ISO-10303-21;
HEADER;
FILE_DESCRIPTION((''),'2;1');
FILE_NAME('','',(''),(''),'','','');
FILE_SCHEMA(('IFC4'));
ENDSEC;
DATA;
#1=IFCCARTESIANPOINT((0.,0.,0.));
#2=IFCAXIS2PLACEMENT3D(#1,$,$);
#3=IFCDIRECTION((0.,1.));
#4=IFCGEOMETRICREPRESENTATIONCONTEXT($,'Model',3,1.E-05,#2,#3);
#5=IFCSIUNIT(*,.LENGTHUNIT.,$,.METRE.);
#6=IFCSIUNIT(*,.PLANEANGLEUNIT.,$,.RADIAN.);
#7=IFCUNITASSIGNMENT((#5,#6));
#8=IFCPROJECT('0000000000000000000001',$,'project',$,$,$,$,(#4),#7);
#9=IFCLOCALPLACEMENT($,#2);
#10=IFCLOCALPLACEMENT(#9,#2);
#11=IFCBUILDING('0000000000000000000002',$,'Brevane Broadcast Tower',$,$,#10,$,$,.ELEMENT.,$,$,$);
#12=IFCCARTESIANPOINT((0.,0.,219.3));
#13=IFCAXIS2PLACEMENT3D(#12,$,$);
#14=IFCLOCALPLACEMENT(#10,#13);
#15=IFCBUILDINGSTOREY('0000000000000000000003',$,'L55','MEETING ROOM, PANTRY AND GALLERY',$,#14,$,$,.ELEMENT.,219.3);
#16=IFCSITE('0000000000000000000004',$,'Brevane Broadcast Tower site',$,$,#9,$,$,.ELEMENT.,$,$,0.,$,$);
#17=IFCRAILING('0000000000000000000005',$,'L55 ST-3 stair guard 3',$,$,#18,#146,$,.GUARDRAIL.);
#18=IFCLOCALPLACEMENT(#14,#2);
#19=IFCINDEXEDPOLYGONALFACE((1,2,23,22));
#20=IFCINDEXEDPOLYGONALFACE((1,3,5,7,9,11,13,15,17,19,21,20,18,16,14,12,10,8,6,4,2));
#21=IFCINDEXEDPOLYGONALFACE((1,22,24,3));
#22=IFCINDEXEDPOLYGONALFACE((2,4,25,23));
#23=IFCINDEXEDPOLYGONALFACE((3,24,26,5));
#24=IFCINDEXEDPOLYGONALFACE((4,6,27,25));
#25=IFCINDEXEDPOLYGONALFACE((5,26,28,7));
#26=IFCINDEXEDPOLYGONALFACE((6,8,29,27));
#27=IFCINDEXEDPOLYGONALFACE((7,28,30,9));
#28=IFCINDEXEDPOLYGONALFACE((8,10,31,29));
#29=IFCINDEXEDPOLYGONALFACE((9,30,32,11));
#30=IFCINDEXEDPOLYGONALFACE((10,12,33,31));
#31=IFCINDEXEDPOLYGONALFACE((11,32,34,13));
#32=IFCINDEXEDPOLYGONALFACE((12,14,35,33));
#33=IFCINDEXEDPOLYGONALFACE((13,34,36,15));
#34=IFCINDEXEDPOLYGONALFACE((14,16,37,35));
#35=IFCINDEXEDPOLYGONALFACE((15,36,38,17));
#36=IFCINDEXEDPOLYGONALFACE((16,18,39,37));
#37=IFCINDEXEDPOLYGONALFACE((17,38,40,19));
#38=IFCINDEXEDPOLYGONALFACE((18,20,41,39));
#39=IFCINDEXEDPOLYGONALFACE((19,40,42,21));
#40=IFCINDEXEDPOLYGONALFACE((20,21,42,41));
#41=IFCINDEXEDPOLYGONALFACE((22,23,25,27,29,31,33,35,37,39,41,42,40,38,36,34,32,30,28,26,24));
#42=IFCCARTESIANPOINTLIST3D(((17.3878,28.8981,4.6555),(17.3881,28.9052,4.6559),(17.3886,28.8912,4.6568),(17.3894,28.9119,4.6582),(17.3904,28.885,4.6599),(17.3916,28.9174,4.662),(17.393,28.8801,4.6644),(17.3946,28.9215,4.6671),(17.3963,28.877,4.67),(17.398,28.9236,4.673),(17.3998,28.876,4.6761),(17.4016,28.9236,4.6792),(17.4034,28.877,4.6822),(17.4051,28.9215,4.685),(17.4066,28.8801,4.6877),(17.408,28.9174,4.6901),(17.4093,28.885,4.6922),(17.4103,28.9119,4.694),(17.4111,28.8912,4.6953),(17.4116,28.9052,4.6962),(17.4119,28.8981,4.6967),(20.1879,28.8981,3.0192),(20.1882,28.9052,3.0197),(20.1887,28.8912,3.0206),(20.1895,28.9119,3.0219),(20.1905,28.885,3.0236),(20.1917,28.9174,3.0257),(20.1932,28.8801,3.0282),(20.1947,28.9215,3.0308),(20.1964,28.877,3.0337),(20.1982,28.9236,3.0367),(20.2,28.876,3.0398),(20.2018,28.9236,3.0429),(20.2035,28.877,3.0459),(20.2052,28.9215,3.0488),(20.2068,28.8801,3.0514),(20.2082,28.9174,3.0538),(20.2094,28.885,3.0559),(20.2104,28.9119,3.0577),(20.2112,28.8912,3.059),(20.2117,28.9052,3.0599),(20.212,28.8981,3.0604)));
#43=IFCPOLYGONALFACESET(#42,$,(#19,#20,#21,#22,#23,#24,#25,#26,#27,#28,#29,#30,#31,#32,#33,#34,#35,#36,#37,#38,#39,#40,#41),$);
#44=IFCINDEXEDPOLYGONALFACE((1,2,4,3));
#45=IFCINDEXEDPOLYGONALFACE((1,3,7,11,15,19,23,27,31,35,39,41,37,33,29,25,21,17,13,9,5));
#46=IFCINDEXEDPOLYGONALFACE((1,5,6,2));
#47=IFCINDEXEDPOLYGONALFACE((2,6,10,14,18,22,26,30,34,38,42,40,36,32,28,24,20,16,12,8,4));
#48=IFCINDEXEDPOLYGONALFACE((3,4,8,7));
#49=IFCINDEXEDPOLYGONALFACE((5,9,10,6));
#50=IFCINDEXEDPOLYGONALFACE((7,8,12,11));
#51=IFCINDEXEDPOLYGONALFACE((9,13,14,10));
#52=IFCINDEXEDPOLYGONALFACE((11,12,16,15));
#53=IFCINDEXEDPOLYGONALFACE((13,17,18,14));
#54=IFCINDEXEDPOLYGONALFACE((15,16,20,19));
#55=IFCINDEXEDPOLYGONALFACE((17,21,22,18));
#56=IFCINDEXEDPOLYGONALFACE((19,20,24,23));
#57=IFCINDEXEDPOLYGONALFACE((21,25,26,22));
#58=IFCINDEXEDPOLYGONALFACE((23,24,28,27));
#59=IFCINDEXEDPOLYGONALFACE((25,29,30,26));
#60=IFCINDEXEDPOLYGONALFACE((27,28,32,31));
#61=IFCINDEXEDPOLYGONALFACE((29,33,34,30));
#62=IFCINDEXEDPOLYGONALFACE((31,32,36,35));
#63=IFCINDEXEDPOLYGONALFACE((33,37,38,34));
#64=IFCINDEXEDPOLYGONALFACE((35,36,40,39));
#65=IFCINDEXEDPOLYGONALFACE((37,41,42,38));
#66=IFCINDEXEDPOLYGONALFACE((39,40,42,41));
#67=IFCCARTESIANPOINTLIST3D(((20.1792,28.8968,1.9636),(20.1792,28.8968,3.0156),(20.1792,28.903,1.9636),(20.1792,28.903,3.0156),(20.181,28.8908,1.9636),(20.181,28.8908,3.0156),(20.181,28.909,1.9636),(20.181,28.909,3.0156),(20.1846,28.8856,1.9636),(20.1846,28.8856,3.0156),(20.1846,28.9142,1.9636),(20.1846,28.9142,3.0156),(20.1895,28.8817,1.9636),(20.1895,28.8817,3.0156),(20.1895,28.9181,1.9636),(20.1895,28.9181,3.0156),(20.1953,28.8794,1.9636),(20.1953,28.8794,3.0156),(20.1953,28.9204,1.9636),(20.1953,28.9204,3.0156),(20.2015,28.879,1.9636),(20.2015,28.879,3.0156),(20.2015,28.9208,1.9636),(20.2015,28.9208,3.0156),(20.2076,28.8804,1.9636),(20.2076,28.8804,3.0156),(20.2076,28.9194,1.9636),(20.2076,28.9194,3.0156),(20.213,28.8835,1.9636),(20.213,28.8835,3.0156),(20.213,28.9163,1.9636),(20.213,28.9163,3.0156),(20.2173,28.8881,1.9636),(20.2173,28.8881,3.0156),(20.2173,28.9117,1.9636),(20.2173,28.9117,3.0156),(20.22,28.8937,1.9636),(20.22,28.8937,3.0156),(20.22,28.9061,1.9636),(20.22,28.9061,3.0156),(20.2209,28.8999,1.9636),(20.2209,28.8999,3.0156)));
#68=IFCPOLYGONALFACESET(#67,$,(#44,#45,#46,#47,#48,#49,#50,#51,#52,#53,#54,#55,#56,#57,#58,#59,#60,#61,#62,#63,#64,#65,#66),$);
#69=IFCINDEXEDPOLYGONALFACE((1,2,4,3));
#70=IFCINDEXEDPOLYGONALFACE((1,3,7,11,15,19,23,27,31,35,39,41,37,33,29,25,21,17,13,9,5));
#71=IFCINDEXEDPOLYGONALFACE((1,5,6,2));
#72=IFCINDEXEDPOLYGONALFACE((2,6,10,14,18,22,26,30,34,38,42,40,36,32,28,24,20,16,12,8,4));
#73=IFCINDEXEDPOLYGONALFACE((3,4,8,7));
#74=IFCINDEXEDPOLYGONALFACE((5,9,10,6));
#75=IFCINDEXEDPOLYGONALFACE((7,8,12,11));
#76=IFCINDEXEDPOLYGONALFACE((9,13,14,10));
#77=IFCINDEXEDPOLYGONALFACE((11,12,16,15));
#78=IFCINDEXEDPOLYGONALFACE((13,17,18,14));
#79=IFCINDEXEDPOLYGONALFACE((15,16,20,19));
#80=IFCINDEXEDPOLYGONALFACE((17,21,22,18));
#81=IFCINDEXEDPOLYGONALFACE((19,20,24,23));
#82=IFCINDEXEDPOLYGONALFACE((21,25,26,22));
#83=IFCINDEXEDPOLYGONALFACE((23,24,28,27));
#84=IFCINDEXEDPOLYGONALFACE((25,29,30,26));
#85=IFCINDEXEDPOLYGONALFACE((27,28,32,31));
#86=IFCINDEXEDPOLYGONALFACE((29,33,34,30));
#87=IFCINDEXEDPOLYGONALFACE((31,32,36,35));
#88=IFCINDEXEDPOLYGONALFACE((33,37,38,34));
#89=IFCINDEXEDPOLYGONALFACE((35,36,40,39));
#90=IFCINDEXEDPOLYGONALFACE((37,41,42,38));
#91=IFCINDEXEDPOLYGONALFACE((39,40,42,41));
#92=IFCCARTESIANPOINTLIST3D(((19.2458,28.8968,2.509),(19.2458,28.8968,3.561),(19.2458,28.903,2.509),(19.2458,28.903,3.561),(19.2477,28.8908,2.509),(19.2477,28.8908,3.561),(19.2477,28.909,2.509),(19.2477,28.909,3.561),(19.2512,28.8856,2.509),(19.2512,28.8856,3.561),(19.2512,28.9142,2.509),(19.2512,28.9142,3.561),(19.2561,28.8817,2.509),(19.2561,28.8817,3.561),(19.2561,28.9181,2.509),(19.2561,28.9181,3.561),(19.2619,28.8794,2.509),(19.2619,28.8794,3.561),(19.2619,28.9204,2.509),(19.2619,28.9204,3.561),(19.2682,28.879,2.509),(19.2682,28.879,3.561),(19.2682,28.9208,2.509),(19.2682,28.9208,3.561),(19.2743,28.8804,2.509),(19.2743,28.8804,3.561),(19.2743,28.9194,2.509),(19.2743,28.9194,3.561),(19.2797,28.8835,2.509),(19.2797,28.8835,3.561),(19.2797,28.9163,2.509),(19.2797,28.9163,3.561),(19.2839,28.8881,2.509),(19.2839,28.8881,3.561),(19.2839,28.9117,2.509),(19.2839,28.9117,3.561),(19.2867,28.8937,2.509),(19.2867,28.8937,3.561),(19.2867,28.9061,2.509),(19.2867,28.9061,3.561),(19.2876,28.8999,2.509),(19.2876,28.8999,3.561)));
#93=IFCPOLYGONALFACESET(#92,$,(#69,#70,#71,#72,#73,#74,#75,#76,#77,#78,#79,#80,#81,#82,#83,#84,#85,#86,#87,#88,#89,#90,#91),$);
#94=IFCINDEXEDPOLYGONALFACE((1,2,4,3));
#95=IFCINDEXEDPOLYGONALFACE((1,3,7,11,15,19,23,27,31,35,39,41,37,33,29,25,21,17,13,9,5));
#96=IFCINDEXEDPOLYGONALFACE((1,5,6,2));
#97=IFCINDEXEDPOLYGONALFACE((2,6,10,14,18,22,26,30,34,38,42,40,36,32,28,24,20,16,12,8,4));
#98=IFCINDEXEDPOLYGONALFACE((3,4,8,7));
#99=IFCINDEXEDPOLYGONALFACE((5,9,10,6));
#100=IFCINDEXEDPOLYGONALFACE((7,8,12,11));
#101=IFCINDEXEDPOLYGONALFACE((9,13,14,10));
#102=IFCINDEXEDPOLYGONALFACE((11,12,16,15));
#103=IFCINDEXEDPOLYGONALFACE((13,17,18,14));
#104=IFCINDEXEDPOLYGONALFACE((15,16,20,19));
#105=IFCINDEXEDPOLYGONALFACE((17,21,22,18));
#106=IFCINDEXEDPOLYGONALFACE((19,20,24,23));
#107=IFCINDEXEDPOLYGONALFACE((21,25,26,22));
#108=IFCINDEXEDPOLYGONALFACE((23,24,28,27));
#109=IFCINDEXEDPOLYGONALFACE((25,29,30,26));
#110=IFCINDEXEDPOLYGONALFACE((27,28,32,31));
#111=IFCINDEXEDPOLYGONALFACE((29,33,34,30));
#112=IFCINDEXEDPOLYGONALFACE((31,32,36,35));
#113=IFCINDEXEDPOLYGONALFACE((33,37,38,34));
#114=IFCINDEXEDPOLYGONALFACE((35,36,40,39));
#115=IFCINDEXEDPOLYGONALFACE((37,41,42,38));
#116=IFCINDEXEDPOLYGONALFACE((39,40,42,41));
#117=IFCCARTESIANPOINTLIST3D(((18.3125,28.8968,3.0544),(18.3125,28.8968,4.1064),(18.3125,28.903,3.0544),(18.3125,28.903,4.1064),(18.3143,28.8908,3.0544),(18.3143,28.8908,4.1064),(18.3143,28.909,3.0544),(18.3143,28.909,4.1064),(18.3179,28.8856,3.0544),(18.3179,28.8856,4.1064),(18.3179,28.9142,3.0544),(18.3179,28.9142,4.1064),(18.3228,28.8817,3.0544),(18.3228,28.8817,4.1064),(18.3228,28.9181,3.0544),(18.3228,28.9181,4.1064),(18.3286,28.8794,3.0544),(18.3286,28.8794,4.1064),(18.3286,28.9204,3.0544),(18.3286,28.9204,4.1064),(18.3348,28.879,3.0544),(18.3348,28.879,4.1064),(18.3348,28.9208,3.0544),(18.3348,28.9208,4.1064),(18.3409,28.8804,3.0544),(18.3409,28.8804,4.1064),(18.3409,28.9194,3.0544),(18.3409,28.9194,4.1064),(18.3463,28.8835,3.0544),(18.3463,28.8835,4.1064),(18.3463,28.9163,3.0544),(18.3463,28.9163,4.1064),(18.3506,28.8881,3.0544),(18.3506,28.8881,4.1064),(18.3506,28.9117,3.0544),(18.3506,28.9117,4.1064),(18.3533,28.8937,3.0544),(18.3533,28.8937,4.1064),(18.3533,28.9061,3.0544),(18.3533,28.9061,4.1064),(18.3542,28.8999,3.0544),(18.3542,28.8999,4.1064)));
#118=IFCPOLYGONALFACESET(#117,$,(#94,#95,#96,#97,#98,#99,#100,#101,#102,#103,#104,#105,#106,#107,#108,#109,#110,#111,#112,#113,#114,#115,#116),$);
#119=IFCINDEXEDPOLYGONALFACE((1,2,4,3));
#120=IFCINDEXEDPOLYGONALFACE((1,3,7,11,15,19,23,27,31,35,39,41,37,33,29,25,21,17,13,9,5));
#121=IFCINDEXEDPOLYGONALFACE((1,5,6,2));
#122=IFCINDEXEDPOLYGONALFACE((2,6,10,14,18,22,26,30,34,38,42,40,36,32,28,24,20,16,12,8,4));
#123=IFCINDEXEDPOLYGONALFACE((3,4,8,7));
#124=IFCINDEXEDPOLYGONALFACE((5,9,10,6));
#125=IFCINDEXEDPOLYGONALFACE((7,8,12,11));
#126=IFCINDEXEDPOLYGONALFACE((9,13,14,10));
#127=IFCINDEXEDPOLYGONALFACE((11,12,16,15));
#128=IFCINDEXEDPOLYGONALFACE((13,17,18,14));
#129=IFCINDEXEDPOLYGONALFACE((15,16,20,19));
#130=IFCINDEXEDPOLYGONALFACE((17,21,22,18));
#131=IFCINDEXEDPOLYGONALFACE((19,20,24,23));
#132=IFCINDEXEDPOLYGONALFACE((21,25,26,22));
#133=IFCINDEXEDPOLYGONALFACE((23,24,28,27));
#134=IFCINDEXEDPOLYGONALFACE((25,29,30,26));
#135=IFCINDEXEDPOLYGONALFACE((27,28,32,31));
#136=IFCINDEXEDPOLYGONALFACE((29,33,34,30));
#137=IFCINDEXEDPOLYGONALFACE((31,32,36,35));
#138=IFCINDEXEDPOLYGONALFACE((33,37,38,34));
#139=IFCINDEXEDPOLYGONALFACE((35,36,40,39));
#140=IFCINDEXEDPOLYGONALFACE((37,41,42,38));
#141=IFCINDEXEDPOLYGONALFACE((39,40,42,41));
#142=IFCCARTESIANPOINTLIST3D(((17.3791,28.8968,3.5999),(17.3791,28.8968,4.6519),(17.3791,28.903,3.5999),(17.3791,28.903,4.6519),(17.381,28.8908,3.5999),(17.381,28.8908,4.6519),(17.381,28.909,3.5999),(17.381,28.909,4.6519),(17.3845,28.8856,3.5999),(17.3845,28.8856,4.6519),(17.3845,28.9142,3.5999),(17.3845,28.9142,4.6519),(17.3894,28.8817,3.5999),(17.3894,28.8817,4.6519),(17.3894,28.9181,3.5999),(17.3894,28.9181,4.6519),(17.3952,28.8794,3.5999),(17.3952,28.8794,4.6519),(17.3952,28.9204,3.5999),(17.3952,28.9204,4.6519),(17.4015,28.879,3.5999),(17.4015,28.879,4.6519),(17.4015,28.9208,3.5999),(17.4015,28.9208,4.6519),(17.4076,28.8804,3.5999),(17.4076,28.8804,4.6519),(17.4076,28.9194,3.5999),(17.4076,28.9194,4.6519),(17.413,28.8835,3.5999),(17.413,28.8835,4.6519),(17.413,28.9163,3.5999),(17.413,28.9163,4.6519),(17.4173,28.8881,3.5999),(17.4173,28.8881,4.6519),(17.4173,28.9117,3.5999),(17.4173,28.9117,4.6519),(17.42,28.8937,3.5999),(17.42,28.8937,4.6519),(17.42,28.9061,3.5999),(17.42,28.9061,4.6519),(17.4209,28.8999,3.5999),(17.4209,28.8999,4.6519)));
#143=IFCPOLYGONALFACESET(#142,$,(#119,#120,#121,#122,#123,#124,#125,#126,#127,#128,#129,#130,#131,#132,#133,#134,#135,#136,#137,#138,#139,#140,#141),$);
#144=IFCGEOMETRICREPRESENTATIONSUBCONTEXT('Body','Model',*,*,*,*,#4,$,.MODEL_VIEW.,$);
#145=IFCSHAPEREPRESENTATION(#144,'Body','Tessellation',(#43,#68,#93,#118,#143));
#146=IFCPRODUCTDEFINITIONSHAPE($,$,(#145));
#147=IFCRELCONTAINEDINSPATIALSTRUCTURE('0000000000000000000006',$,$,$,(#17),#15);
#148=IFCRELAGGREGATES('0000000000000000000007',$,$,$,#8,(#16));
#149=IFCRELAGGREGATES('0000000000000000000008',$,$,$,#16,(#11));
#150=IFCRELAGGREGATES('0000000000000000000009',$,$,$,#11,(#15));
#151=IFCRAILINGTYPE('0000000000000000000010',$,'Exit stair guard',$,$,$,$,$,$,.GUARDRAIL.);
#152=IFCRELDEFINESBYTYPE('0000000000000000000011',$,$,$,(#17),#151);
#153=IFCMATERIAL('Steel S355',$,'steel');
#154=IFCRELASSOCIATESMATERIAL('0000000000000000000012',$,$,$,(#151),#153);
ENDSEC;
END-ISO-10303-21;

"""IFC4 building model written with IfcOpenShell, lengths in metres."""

from ifc_helpers import new_model, si_unit, direction, frame, origin, origin_2d, place, context, subcontext, project, spatial, circle, extrude, material, type_object, element, save


model = new_model("IFC4")

# Units and contexts
model_context = context("Model", 3, precision=1e-05, world=origin(), true_north=direction((0.0, 1.0)))
body_context = subcontext(model_context, "Body", "Model", "MODEL_VIEW")
ifc_project = project(units=[si_unit("LENGTHUNIT", "METRE"), si_unit("PLANEANGLEUNIT", "RADIAN")], contexts=[model_context])

# Site, building, storey
site_placement = place(None, origin())
site = spatial("IfcSite", under=ifc_project, at=site_placement, Name="Brevane Broadcast Tower site", CompositionType="ELEMENT", RefElevation=0.0)
building_placement = place(site_placement, origin())
building = spatial("IfcBuilding", under=site, at=building_placement, Name="Brevane Broadcast Tower", CompositionType="ELEMENT")
storey_placement = place(building_placement, frame((0.0, 0.0, 219.3)))
storey = spatial("IfcBuildingStorey", under=building, at=storey_placement, Name="L55", Description="MEETING ROOM, PANTRY AND GALLERY", CompositionType="ELEMENT", Elevation=219.3)

# Railing
ifc_material_1 = material(Name="Steel S355", Category="steel")
railing_type_1 = type_object("IfcRailingType", Name="Exit stair guard", PredefinedType="GUARDRAIL", material=ifc_material_1)
railing_1_placement = place(storey_placement, frame((20.2, 28.8999, 1.9636)))
element("IfcRailing", 1, at=railing_1_placement, inside=storey, type_object=railing_type_1, Name="L55 ST-3 stair guard 3", PredefinedType="GUARDRAIL", context=body_context, shape_type="SweptSolid", body=[
    extrude(circle(Radius=0.0239, at=origin_2d()), frame((0.0, 0.0, 1.0762), z_axis=(-0.863394, 0.0, 0.504531), x_axis=(0.0, -1.0, 0.0)), (0.0, 0.0, 1.0), 3.2432),
    extrude(circle(Radius=0.021, at=origin_2d()), origin(), (0.0, 0.0, 1.0), 1.052),
    extrude(circle(Radius=0.021, at=origin_2d()), frame((-0.9333, 0.0, 0.5454)), (0.0, 0.0, 1.0), 1.052),
    extrude(circle(Radius=0.021, at=origin_2d()), frame((-1.8667, 0.0, 1.0908)), (0.0, 0.0, 1.0), 1.052),
    extrude(circle(Radius=0.021, at=origin_2d()), frame((-2.8, 0.0, 1.6362)), (0.0, 0.0, 1.0), 1.052),
])

save(model, "model.ifc")
